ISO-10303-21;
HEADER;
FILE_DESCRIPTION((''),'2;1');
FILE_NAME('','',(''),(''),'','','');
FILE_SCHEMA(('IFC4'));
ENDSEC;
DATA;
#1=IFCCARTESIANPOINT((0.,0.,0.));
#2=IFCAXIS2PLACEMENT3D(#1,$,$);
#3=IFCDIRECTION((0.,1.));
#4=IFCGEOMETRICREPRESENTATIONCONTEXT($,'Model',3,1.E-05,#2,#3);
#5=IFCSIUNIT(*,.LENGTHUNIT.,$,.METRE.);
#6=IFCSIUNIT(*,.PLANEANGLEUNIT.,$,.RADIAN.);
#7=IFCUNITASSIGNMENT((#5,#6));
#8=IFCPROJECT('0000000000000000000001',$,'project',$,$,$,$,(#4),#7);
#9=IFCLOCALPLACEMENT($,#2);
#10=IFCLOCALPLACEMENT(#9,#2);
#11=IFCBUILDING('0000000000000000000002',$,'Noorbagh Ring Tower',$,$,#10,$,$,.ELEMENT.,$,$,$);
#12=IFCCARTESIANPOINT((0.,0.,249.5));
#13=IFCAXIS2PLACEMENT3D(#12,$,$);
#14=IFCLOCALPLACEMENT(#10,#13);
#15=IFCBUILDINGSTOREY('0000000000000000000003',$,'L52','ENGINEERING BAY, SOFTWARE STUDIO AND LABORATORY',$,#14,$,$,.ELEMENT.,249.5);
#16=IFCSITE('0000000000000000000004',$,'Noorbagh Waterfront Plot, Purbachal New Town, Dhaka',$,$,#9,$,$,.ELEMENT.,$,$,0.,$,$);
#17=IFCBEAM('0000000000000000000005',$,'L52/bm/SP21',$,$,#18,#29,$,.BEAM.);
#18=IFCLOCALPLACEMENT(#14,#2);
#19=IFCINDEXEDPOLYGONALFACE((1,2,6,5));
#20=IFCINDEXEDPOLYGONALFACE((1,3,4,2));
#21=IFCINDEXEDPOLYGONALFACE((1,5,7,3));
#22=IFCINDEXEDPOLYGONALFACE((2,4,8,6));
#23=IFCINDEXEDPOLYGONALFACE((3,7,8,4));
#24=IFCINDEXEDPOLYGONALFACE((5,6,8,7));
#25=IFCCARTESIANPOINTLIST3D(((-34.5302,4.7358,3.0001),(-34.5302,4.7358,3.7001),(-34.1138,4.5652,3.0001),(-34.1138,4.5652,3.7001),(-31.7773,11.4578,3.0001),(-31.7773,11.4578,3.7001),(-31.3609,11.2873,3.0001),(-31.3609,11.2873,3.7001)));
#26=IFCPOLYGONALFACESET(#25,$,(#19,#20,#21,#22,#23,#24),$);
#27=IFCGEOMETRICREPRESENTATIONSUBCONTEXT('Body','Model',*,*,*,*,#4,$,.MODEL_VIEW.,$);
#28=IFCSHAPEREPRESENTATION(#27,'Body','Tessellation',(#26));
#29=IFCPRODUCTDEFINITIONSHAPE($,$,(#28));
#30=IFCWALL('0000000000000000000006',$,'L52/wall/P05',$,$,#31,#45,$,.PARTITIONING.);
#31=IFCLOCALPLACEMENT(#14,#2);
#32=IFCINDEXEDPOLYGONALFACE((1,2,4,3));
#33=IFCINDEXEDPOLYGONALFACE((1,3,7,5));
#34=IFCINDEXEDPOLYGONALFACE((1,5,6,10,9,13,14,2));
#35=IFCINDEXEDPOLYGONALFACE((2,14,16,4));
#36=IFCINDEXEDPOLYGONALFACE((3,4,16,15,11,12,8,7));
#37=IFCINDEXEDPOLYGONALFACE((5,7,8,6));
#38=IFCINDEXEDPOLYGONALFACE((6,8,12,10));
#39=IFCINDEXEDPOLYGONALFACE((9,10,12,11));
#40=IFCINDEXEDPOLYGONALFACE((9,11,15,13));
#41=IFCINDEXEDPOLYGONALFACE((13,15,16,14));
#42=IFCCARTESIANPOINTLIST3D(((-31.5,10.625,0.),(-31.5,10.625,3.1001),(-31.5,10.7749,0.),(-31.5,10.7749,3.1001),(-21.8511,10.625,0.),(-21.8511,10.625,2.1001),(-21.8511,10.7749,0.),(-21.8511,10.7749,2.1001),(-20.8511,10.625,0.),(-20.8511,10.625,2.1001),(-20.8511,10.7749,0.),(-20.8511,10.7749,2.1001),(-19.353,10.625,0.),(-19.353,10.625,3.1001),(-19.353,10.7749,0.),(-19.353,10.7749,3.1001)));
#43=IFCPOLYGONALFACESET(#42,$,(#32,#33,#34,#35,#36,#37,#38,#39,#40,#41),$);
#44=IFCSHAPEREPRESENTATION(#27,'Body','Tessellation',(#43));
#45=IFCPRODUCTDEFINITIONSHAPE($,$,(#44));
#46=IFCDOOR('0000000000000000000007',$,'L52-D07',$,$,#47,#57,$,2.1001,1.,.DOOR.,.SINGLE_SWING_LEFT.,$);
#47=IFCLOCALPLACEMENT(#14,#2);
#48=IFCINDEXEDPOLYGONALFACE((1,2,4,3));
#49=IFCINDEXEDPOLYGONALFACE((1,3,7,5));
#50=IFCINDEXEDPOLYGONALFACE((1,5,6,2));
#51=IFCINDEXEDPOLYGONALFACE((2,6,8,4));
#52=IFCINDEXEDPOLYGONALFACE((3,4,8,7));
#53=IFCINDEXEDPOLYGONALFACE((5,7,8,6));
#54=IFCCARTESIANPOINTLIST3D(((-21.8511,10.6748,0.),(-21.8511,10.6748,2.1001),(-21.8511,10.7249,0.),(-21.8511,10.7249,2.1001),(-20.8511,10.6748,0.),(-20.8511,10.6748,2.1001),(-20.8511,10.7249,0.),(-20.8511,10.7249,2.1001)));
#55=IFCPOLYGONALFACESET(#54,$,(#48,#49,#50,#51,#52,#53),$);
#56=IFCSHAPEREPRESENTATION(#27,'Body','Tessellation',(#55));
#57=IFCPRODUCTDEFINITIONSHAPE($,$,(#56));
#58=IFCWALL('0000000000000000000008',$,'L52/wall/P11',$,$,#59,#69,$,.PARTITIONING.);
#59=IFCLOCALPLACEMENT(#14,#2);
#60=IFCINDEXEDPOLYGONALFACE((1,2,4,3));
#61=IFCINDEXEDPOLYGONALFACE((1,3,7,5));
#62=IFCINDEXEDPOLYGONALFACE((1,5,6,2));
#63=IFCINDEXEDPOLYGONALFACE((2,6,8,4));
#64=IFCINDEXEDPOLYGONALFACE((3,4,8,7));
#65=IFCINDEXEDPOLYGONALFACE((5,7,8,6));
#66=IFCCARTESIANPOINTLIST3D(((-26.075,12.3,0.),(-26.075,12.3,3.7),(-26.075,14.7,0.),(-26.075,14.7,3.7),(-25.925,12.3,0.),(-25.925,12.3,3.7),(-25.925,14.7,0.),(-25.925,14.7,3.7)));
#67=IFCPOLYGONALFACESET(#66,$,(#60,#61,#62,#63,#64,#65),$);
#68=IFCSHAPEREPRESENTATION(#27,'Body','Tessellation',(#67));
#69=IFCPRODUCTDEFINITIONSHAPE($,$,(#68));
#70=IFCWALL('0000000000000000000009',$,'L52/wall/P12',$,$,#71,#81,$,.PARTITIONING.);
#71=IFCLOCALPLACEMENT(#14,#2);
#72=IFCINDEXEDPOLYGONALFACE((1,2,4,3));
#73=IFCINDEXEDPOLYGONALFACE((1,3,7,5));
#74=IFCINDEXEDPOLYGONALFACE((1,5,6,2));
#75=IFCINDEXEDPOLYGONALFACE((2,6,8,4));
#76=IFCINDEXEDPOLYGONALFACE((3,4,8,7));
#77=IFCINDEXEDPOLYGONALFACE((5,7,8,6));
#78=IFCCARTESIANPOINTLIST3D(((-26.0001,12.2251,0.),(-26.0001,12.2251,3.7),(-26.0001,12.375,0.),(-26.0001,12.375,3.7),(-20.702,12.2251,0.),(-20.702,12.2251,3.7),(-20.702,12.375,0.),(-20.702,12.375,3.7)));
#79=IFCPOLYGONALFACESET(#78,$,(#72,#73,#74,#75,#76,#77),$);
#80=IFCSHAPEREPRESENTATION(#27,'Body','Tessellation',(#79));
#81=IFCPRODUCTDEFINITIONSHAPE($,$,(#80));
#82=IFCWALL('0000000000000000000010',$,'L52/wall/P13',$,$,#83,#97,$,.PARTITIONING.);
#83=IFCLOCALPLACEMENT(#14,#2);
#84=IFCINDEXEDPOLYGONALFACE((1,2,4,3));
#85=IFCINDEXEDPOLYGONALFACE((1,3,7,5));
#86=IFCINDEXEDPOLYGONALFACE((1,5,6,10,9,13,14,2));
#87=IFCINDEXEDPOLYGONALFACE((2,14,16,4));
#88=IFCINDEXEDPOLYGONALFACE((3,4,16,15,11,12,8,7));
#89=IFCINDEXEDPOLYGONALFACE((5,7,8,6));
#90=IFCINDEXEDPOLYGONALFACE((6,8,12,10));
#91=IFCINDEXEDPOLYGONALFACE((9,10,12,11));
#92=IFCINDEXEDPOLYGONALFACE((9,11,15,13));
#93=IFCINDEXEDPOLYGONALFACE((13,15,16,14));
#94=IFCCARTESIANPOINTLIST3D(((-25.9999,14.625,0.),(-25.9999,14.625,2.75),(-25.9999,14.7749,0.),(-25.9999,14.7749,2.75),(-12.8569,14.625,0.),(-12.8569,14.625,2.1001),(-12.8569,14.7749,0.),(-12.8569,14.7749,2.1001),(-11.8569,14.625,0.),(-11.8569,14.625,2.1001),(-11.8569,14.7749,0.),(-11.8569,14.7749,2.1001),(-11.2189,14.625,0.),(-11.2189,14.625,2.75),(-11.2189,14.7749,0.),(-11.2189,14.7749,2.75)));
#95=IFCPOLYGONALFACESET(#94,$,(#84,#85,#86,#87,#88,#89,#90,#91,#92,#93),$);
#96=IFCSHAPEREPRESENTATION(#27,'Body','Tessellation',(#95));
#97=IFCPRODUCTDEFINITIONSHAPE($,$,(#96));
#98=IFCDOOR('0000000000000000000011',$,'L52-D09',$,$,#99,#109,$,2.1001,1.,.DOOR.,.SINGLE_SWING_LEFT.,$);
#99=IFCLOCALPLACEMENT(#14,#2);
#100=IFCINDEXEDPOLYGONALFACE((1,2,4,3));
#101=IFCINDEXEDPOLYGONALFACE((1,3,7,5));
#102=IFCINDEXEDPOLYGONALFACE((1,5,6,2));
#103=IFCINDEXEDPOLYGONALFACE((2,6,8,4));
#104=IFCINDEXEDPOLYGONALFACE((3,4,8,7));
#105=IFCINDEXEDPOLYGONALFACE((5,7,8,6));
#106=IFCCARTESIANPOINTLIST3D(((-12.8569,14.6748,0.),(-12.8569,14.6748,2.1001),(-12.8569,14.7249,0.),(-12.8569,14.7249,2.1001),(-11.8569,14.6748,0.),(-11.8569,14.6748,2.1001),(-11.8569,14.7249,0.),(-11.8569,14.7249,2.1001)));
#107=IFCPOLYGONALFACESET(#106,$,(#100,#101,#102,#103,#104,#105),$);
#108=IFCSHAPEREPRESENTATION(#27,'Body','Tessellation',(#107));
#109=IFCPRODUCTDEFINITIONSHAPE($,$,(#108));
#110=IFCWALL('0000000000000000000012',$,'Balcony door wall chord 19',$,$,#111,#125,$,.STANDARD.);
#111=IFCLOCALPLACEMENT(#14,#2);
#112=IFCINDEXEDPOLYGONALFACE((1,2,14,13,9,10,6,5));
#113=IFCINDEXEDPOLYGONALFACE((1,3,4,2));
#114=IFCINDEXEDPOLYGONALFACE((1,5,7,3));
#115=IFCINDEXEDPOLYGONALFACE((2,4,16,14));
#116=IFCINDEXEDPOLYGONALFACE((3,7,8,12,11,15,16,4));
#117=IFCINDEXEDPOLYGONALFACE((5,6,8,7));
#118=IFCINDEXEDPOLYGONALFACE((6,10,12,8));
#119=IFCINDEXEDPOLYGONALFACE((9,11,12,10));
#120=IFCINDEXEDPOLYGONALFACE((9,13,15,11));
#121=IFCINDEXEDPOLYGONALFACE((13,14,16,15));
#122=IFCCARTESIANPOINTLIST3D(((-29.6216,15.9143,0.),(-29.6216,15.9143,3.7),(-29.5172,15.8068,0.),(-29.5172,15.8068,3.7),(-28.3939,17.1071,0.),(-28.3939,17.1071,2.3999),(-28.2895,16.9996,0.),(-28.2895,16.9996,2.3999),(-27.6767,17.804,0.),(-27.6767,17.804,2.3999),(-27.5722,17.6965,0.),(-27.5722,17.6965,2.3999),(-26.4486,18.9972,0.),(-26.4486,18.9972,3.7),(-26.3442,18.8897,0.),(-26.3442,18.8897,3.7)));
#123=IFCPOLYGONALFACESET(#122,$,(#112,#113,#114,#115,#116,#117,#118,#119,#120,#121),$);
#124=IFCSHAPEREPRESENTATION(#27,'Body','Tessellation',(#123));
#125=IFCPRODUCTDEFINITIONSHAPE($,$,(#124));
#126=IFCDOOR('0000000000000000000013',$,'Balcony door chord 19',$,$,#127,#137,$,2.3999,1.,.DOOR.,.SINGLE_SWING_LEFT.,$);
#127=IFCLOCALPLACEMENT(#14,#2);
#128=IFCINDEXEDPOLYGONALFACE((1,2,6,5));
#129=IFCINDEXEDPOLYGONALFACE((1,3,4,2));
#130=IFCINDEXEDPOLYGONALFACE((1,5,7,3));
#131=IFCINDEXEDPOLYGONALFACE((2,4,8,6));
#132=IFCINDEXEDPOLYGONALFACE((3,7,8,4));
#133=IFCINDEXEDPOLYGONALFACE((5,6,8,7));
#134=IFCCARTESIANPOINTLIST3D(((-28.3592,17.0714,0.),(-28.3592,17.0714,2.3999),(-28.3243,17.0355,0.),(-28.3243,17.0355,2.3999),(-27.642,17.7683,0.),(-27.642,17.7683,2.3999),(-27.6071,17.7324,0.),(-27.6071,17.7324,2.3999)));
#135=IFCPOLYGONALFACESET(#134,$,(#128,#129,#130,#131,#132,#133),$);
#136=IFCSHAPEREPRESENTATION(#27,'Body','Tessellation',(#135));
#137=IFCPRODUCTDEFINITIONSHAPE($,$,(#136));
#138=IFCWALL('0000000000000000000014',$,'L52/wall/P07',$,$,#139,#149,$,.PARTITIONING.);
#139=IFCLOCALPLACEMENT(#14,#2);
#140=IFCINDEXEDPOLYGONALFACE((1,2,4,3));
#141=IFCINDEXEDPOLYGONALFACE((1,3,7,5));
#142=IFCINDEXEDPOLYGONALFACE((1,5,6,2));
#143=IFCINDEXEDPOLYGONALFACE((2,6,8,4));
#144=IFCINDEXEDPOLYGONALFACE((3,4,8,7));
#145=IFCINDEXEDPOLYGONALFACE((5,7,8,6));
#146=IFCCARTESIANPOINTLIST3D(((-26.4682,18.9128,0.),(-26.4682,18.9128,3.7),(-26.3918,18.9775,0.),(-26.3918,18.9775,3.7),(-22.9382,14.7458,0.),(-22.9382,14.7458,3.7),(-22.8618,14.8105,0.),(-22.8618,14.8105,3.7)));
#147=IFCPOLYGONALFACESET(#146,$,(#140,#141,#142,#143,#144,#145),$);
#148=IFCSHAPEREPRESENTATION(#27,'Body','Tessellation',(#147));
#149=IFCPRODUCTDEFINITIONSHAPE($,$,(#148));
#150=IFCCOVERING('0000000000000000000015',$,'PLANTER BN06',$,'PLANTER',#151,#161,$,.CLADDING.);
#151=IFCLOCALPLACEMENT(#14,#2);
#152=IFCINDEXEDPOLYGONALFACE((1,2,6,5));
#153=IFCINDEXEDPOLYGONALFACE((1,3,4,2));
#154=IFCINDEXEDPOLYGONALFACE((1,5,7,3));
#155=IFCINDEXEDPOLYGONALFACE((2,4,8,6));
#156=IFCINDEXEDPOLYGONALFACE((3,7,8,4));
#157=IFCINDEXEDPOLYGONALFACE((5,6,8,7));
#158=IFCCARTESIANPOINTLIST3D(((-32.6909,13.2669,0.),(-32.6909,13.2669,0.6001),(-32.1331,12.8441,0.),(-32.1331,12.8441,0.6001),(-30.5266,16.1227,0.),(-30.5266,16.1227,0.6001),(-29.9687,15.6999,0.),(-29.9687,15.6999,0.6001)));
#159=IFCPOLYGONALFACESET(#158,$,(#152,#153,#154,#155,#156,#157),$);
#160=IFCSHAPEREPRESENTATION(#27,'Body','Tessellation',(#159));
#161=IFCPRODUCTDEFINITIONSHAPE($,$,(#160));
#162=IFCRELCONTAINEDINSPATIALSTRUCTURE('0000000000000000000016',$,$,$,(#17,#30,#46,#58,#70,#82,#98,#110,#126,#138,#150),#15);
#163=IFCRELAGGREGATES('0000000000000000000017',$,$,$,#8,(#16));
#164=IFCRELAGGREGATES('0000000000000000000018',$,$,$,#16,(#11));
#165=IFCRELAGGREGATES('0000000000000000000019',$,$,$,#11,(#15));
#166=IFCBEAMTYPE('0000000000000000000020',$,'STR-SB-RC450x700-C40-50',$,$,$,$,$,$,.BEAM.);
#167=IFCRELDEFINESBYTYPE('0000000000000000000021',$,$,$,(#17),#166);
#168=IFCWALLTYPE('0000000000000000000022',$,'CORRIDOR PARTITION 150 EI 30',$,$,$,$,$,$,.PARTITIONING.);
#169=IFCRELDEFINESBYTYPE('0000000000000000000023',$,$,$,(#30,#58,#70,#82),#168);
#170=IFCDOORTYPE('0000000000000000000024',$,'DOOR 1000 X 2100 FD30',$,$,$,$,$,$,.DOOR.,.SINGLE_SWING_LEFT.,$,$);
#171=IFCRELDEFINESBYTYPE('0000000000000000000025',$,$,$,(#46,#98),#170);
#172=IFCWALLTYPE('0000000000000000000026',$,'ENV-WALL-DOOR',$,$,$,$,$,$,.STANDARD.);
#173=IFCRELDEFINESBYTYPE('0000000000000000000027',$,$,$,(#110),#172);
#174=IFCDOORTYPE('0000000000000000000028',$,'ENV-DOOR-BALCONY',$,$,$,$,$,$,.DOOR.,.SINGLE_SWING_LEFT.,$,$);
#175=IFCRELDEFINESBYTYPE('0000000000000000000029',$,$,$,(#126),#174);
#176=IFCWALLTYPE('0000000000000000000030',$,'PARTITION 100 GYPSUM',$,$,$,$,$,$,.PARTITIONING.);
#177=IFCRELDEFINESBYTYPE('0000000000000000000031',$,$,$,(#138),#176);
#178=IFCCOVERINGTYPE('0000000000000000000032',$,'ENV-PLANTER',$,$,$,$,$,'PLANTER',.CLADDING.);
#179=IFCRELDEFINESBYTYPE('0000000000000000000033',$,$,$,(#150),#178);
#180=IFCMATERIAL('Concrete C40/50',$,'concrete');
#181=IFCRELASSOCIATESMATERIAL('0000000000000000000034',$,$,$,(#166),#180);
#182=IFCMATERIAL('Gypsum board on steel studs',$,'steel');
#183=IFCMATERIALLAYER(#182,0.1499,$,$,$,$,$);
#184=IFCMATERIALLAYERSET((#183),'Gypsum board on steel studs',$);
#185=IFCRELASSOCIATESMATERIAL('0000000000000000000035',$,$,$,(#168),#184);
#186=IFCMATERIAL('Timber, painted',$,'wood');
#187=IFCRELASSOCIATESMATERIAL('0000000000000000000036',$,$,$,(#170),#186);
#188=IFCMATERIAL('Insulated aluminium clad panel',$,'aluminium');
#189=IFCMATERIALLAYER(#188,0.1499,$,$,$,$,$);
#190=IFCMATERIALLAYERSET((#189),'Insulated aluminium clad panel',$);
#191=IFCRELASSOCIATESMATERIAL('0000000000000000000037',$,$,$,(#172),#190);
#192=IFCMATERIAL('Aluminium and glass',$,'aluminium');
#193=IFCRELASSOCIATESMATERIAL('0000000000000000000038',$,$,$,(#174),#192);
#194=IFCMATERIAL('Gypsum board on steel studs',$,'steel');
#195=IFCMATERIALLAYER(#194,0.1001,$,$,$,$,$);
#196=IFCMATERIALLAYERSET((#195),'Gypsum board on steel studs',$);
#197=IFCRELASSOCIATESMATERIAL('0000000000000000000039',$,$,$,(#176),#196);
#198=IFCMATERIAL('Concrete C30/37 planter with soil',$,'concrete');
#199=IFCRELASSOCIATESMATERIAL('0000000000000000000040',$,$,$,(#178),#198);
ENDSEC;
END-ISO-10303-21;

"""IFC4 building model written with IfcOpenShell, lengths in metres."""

from ifc_helpers import new_model, si_unit, direction, frame, frame_2d, origin, origin_2d, place, context, subcontext, project, spatial, rectangle, extrude, material, layer, layer_set, material_profile, profile_set, type_object, element, fill, save


model = new_model("IFC4")

# Units and contexts
model_context = context("Model", 3, precision=1e-05, world=origin(), true_north=direction((0.0, 1.0)))
body_context = subcontext(model_context, "Body", "Model", "MODEL_VIEW")
ifc_project = project(units=[si_unit("LENGTHUNIT", "METRE"), si_unit("PLANEANGLEUNIT", "RADIAN")], contexts=[model_context])

# Site, building, storey
site_placement = place(None, origin())
site = spatial("IfcSite", under=ifc_project, at=site_placement, Name="Noorbagh Waterfront Plot, Purbachal New Town, Dhaka", CompositionType="ELEMENT", RefElevation=0.0)
building_placement = place(site_placement, origin())
building = spatial("IfcBuilding", under=site, at=building_placement, Name="Noorbagh Ring Tower", CompositionType="ELEMENT")
storey_placement = place(building_placement, frame((0.0, 0.0, 249.5)))
storey = spatial("IfcBuildingStorey", under=building, at=storey_placement, Name="L52", Description="ENGINEERING BAY, SOFTWARE STUDIO AND LABORATORY", CompositionType="ELEMENT", Elevation=249.5)

# Beam
ifc_material_1 = material(Name="Concrete C40/50", Category="concrete")
ifc_material_profile_1 = material_profile(ifc_material_1, rectangle(XDim=0.45, YDim=0.7, at=origin_2d()), Name="RC450x700")
ifc_profile_set_1 = profile_set([ifc_material_profile_1], Name="Concrete C40/50")
beam_type_1 = type_object("IfcBeamType", Name="STR-SB-RC450x700-C40-50", PredefinedType="BEAM", material=ifc_profile_set_1)
beam_1_placement = place(storey_placement, frame((-31.5691, 11.3726, 3.3501), z_axis=(-0.378981, -0.925404, 0.0), x_axis=(0.925404, -0.378981, 0.0)))
element("IfcBeam", 1, at=beam_1_placement, inside=storey, type_object=beam_type_1, Name="L52/bm/SP21", PredefinedType="BEAM", context=body_context, shape_type="SweptSolid", body=[
    extrude(rectangle(XDim=0.45, YDim=0.7, at=origin_2d()), origin(), (0.0, 0.0, 1.0), 7.2639),
])

# Wall, opening, door
ifc_material_2 = material(Name="Gypsum board on steel studs", Category="steel")
ifc_layer_1 = layer(ifc_material_2, 0.1499)
ifc_layer_set_1 = layer_set([ifc_layer_1], Name="Gypsum board on steel studs")
wall_type_1 = type_object("IfcWallType", Name="CORRIDOR PARTITION 150 EI 30", PredefinedType="PARTITIONING", material=ifc_layer_set_1)
wall_1_placement = place(storey_placement, frame((-31.5, 10.7, 0.0), z_axis=(0.0, 0.0, 1.0), x_axis=(1.0, 0.0, 0.0)))
wall_1 = element("IfcWall", 2, at=wall_1_placement, inside=storey, type_object=wall_type_1, Name="L52/wall/P05", PredefinedType="PARTITIONING", context=body_context, shape_type="SweptSolid", body=[
    extrude(rectangle(XDim=12.147, YDim=0.1499, at=frame_2d((6.0735, 0.0))), origin(), (0.0, 0.0, 1.0), 3.1001),
])
opening_1_placement = place(wall_1_placement, frame((9.6489, 0.0, 0.0)))
opening_1 = element("IfcOpeningElement", 3, at=opening_1_placement, cuts=wall_1, PredefinedType="OPENING", context=body_context, shape_type="SweptSolid", body=[
    extrude(rectangle(XDim=1.0, YDim=2.1001, at=frame_2d((0.5, 1.05))), frame((0.0, 0.085, 0.0), z_axis=(0.0, -1.0, 0.0), x_axis=(1.0, 0.0, 0.0)), (0.0, 0.0, 1.0), 0.1699),
])
ifc_material_3 = material(Name="Timber, painted", Category="wood")
door_type_1 = type_object("IfcDoorType", Name="DOOR 1000 X 2100 FD30", OperationType="SINGLE_SWING_LEFT", PredefinedType="DOOR", material=ifc_material_3)
door_1_placement = place(opening_1_placement, origin())
door_1 = element("IfcDoor", 4, at=door_1_placement, inside=storey, type_object=door_type_1, Name="L52-D07", OperationType="SINGLE_SWING_LEFT", OverallHeight=2.1001, OverallWidth=1.0, PredefinedType="DOOR", context=body_context, shape_type="SweptSolid", body=[
    extrude(rectangle(XDim=1.0, YDim=2.1001, at=frame_2d((0.5, 1.05))), frame((0.0, 0.0249, 0.0), z_axis=(0.0, -1.0, 0.0), x_axis=(1.0, 0.0, 0.0)), (0.0, 0.0, 1.0), 0.05),
])
fill(opening_1, door_1)

# Walls
wall_2_placement = place(storey_placement, frame((-26.0, 12.3, 0.0), z_axis=(0.0, 0.0, 1.0), x_axis=(0.0, 1.0, 0.0)))
element("IfcWall", 5, at=wall_2_placement, inside=storey, type_object=wall_type_1, Name="L52/wall/P11", PredefinedType="PARTITIONING", context=body_context, shape_type="SweptSolid", body=[
    extrude(rectangle(XDim=2.3999, YDim=0.1499, at=frame_2d((1.2, 0.0))), origin(), (0.0, 0.0, 1.0), 3.7),
])
wall_3_placement = place(storey_placement, frame((-26.0, 12.3, 0.0), z_axis=(0.0, 0.0, 1.0), x_axis=(1.0, 0.0, 0.0)))
element("IfcWall", 6, at=wall_3_placement, inside=storey, type_object=wall_type_1, Name="L52/wall/P12", PredefinedType="PARTITIONING", context=body_context, shape_type="SweptSolid", body=[
    extrude(rectangle(XDim=5.2981, YDim=0.1499, at=frame_2d((2.6489, 0.0))), origin(), (0.0, 0.0, 1.0), 3.7),
])

# Walls, openings, doors
wall_4_placement = place(storey_placement, frame((-26.0, 14.7, 0.0), z_axis=(0.0, 0.0, 1.0), x_axis=(1.0, 0.0, 0.0)))
wall_4 = element("IfcWall", 7, at=wall_4_placement, inside=storey, type_object=wall_type_1, Name="L52/wall/P13", PredefinedType="PARTITIONING", context=body_context, shape_type="SweptSolid", body=[
    extrude(rectangle(XDim=14.781, YDim=0.1499, at=frame_2d((7.3906, 0.0))), origin(), (0.0, 0.0, 1.0), 2.75),
])
opening_2_placement = place(wall_4_placement, frame((13.1431, 0.0, 0.0)))
opening_2 = element("IfcOpeningElement", 8, at=opening_2_placement, cuts=wall_4, PredefinedType="OPENING", context=body_context, shape_type="SweptSolid", body=[
    extrude(rectangle(XDim=1.0, YDim=2.1001, at=frame_2d((0.5, 1.05))), frame((0.0, 0.085, 0.0), z_axis=(0.0, -1.0, 0.0), x_axis=(1.0, 0.0, 0.0)), (0.0, 0.0, 1.0), 0.1699),
])
door_2_placement = place(opening_2_placement, origin())
door_2 = element("IfcDoor", 9, at=door_2_placement, inside=storey, type_object=door_type_1, Name="L52-D09", OperationType="SINGLE_SWING_LEFT", OverallHeight=2.1001, OverallWidth=1.0, PredefinedType="DOOR", context=body_context, shape_type="SweptSolid", body=[
    extrude(rectangle(XDim=1.0, YDim=2.1001, at=frame_2d((0.5, 1.05))), frame((0.0, 0.0249, 0.0), z_axis=(0.0, -1.0, 0.0), x_axis=(1.0, 0.0, 0.0)), (0.0, 0.0, 1.0), 0.05),
])
fill(opening_2, door_2)
ifc_material_4 = material(Name="Insulated aluminium clad panel", Category="aluminium")
ifc_layer_2 = layer(ifc_material_4, 0.1499)
ifc_layer_set_2 = layer_set([ifc_layer_2], Name="Insulated aluminium clad panel")
wall_type_2 = type_object("IfcWallType", Name="ENV-WALL-DOOR", PredefinedType="STANDARD", material=ifc_layer_set_2)
wall_5_placement = place(storey_placement, frame((-26.3965, 18.9434, 0.0), z_axis=(0.0, 0.0, 1.0), x_axis=(-0.717215, -0.696852, 0.0)))
wall_5 = element("IfcWall", 10, at=wall_5_placement, inside=storey, type_object=wall_type_2, Name="Balcony door wall chord 19", PredefinedType="STANDARD", context=body_context, shape_type="SweptSolid", body=[
    extrude(rectangle(XDim=4.4241, YDim=0.1499, at=frame_2d((2.2119, 0.0))), origin(), (0.0, 0.0, 1.0), 3.7),
])
opening_3_placement = place(wall_5_placement, frame((1.7122, 0.0, 0.0)))
opening_3 = element("IfcOpeningElement", 11, at=opening_3_placement, cuts=wall_5, PredefinedType="OPENING", context=body_context, shape_type="SweptSolid", body=[
    extrude(rectangle(XDim=1.0, YDim=2.3999, at=frame_2d((0.5, 1.2))), frame((0.0, 0.085, 0.0), z_axis=(0.0, -1.0, 0.0), x_axis=(1.0, 0.0, 0.0)), (0.0, 0.0, 1.0), 0.1699),
])
ifc_material_5 = material(Name="Aluminium and glass", Category="aluminium")
door_type_2 = type_object("IfcDoorType", Name="ENV-DOOR-BALCONY", OperationType="SINGLE_SWING_LEFT", PredefinedType="DOOR", material=ifc_material_5)
door_3_placement = place(opening_3_placement, origin())
door_3 = element("IfcDoor", 12, at=door_3_placement, inside=storey, type_object=door_type_2, Name="Balcony door chord 19", OperationType="SINGLE_SWING_LEFT", OverallHeight=2.3999, OverallWidth=1.0, PredefinedType="DOOR", context=body_context, shape_type="SweptSolid", body=[
    extrude(rectangle(XDim=1.0, YDim=2.3999, at=frame_2d((0.5, 1.2))), frame((0.0, 0.0249, 0.0), z_axis=(0.0, -1.0, 0.0), x_axis=(1.0, 0.0, 0.0)), (0.0, 0.0, 1.0), 0.05),
])
fill(opening_3, door_3)

# Wall
ifc_material_6 = material(Name="Gypsum board on steel studs", Category="steel")
ifc_layer_3 = layer(ifc_material_6, 0.1001)
ifc_layer_set_3 = layer_set([ifc_layer_3], Name="Gypsum board on steel studs")
wall_type_3 = type_object("IfcWallType", Name="PARTITION 100 GYPSUM", PredefinedType="PARTITIONING", material=ifc_layer_set_3)
wall_6_placement = place(storey_placement, frame((-26.4299, 18.9451, 0.0), z_axis=(0.0, 0.0, 1.0), x_axis=(0.646381, -0.763015, 0.0)))
element("IfcWall", 13, at=wall_6_placement, inside=storey, type_object=wall_type_3, Name="L52/wall/P07", PredefinedType="PARTITIONING", context=body_context, shape_type="SweptSolid", body=[
    extrude(rectangle(XDim=5.4612, YDim=0.1001, at=frame_2d((2.7305, 0.0))), origin(), (0.0, 0.0, 1.0), 3.7),
])

# Covering
ifc_material_7 = material(Name="Concrete C30/37 planter with soil", Category="concrete")
covering_type = type_object("IfcCoveringType", Name="ENV-PLANTER", ElementType="PLANTER", PredefinedType="CLADDING", material=ifc_material_7)
covering_placement = place(storey_placement, frame((-31.3298, 14.4834, 0.0), z_axis=(0.0, 0.0, 1.0), x_axis=(-0.60402, -0.796969, 0.0)))
element("IfcCovering", 14, at=covering_placement, inside=storey, type_object=covering_type, Name="PLANTER BN06", ObjectType="PLANTER", PredefinedType="CLADDING", context=body_context, shape_type="SweptSolid", body=[
    extrude(rectangle(XDim=3.5833, YDim=0.7, at=origin_2d()), origin(), (0.0, 0.0, 1.0), 0.6001),
])

save(model, "model.ifc")
